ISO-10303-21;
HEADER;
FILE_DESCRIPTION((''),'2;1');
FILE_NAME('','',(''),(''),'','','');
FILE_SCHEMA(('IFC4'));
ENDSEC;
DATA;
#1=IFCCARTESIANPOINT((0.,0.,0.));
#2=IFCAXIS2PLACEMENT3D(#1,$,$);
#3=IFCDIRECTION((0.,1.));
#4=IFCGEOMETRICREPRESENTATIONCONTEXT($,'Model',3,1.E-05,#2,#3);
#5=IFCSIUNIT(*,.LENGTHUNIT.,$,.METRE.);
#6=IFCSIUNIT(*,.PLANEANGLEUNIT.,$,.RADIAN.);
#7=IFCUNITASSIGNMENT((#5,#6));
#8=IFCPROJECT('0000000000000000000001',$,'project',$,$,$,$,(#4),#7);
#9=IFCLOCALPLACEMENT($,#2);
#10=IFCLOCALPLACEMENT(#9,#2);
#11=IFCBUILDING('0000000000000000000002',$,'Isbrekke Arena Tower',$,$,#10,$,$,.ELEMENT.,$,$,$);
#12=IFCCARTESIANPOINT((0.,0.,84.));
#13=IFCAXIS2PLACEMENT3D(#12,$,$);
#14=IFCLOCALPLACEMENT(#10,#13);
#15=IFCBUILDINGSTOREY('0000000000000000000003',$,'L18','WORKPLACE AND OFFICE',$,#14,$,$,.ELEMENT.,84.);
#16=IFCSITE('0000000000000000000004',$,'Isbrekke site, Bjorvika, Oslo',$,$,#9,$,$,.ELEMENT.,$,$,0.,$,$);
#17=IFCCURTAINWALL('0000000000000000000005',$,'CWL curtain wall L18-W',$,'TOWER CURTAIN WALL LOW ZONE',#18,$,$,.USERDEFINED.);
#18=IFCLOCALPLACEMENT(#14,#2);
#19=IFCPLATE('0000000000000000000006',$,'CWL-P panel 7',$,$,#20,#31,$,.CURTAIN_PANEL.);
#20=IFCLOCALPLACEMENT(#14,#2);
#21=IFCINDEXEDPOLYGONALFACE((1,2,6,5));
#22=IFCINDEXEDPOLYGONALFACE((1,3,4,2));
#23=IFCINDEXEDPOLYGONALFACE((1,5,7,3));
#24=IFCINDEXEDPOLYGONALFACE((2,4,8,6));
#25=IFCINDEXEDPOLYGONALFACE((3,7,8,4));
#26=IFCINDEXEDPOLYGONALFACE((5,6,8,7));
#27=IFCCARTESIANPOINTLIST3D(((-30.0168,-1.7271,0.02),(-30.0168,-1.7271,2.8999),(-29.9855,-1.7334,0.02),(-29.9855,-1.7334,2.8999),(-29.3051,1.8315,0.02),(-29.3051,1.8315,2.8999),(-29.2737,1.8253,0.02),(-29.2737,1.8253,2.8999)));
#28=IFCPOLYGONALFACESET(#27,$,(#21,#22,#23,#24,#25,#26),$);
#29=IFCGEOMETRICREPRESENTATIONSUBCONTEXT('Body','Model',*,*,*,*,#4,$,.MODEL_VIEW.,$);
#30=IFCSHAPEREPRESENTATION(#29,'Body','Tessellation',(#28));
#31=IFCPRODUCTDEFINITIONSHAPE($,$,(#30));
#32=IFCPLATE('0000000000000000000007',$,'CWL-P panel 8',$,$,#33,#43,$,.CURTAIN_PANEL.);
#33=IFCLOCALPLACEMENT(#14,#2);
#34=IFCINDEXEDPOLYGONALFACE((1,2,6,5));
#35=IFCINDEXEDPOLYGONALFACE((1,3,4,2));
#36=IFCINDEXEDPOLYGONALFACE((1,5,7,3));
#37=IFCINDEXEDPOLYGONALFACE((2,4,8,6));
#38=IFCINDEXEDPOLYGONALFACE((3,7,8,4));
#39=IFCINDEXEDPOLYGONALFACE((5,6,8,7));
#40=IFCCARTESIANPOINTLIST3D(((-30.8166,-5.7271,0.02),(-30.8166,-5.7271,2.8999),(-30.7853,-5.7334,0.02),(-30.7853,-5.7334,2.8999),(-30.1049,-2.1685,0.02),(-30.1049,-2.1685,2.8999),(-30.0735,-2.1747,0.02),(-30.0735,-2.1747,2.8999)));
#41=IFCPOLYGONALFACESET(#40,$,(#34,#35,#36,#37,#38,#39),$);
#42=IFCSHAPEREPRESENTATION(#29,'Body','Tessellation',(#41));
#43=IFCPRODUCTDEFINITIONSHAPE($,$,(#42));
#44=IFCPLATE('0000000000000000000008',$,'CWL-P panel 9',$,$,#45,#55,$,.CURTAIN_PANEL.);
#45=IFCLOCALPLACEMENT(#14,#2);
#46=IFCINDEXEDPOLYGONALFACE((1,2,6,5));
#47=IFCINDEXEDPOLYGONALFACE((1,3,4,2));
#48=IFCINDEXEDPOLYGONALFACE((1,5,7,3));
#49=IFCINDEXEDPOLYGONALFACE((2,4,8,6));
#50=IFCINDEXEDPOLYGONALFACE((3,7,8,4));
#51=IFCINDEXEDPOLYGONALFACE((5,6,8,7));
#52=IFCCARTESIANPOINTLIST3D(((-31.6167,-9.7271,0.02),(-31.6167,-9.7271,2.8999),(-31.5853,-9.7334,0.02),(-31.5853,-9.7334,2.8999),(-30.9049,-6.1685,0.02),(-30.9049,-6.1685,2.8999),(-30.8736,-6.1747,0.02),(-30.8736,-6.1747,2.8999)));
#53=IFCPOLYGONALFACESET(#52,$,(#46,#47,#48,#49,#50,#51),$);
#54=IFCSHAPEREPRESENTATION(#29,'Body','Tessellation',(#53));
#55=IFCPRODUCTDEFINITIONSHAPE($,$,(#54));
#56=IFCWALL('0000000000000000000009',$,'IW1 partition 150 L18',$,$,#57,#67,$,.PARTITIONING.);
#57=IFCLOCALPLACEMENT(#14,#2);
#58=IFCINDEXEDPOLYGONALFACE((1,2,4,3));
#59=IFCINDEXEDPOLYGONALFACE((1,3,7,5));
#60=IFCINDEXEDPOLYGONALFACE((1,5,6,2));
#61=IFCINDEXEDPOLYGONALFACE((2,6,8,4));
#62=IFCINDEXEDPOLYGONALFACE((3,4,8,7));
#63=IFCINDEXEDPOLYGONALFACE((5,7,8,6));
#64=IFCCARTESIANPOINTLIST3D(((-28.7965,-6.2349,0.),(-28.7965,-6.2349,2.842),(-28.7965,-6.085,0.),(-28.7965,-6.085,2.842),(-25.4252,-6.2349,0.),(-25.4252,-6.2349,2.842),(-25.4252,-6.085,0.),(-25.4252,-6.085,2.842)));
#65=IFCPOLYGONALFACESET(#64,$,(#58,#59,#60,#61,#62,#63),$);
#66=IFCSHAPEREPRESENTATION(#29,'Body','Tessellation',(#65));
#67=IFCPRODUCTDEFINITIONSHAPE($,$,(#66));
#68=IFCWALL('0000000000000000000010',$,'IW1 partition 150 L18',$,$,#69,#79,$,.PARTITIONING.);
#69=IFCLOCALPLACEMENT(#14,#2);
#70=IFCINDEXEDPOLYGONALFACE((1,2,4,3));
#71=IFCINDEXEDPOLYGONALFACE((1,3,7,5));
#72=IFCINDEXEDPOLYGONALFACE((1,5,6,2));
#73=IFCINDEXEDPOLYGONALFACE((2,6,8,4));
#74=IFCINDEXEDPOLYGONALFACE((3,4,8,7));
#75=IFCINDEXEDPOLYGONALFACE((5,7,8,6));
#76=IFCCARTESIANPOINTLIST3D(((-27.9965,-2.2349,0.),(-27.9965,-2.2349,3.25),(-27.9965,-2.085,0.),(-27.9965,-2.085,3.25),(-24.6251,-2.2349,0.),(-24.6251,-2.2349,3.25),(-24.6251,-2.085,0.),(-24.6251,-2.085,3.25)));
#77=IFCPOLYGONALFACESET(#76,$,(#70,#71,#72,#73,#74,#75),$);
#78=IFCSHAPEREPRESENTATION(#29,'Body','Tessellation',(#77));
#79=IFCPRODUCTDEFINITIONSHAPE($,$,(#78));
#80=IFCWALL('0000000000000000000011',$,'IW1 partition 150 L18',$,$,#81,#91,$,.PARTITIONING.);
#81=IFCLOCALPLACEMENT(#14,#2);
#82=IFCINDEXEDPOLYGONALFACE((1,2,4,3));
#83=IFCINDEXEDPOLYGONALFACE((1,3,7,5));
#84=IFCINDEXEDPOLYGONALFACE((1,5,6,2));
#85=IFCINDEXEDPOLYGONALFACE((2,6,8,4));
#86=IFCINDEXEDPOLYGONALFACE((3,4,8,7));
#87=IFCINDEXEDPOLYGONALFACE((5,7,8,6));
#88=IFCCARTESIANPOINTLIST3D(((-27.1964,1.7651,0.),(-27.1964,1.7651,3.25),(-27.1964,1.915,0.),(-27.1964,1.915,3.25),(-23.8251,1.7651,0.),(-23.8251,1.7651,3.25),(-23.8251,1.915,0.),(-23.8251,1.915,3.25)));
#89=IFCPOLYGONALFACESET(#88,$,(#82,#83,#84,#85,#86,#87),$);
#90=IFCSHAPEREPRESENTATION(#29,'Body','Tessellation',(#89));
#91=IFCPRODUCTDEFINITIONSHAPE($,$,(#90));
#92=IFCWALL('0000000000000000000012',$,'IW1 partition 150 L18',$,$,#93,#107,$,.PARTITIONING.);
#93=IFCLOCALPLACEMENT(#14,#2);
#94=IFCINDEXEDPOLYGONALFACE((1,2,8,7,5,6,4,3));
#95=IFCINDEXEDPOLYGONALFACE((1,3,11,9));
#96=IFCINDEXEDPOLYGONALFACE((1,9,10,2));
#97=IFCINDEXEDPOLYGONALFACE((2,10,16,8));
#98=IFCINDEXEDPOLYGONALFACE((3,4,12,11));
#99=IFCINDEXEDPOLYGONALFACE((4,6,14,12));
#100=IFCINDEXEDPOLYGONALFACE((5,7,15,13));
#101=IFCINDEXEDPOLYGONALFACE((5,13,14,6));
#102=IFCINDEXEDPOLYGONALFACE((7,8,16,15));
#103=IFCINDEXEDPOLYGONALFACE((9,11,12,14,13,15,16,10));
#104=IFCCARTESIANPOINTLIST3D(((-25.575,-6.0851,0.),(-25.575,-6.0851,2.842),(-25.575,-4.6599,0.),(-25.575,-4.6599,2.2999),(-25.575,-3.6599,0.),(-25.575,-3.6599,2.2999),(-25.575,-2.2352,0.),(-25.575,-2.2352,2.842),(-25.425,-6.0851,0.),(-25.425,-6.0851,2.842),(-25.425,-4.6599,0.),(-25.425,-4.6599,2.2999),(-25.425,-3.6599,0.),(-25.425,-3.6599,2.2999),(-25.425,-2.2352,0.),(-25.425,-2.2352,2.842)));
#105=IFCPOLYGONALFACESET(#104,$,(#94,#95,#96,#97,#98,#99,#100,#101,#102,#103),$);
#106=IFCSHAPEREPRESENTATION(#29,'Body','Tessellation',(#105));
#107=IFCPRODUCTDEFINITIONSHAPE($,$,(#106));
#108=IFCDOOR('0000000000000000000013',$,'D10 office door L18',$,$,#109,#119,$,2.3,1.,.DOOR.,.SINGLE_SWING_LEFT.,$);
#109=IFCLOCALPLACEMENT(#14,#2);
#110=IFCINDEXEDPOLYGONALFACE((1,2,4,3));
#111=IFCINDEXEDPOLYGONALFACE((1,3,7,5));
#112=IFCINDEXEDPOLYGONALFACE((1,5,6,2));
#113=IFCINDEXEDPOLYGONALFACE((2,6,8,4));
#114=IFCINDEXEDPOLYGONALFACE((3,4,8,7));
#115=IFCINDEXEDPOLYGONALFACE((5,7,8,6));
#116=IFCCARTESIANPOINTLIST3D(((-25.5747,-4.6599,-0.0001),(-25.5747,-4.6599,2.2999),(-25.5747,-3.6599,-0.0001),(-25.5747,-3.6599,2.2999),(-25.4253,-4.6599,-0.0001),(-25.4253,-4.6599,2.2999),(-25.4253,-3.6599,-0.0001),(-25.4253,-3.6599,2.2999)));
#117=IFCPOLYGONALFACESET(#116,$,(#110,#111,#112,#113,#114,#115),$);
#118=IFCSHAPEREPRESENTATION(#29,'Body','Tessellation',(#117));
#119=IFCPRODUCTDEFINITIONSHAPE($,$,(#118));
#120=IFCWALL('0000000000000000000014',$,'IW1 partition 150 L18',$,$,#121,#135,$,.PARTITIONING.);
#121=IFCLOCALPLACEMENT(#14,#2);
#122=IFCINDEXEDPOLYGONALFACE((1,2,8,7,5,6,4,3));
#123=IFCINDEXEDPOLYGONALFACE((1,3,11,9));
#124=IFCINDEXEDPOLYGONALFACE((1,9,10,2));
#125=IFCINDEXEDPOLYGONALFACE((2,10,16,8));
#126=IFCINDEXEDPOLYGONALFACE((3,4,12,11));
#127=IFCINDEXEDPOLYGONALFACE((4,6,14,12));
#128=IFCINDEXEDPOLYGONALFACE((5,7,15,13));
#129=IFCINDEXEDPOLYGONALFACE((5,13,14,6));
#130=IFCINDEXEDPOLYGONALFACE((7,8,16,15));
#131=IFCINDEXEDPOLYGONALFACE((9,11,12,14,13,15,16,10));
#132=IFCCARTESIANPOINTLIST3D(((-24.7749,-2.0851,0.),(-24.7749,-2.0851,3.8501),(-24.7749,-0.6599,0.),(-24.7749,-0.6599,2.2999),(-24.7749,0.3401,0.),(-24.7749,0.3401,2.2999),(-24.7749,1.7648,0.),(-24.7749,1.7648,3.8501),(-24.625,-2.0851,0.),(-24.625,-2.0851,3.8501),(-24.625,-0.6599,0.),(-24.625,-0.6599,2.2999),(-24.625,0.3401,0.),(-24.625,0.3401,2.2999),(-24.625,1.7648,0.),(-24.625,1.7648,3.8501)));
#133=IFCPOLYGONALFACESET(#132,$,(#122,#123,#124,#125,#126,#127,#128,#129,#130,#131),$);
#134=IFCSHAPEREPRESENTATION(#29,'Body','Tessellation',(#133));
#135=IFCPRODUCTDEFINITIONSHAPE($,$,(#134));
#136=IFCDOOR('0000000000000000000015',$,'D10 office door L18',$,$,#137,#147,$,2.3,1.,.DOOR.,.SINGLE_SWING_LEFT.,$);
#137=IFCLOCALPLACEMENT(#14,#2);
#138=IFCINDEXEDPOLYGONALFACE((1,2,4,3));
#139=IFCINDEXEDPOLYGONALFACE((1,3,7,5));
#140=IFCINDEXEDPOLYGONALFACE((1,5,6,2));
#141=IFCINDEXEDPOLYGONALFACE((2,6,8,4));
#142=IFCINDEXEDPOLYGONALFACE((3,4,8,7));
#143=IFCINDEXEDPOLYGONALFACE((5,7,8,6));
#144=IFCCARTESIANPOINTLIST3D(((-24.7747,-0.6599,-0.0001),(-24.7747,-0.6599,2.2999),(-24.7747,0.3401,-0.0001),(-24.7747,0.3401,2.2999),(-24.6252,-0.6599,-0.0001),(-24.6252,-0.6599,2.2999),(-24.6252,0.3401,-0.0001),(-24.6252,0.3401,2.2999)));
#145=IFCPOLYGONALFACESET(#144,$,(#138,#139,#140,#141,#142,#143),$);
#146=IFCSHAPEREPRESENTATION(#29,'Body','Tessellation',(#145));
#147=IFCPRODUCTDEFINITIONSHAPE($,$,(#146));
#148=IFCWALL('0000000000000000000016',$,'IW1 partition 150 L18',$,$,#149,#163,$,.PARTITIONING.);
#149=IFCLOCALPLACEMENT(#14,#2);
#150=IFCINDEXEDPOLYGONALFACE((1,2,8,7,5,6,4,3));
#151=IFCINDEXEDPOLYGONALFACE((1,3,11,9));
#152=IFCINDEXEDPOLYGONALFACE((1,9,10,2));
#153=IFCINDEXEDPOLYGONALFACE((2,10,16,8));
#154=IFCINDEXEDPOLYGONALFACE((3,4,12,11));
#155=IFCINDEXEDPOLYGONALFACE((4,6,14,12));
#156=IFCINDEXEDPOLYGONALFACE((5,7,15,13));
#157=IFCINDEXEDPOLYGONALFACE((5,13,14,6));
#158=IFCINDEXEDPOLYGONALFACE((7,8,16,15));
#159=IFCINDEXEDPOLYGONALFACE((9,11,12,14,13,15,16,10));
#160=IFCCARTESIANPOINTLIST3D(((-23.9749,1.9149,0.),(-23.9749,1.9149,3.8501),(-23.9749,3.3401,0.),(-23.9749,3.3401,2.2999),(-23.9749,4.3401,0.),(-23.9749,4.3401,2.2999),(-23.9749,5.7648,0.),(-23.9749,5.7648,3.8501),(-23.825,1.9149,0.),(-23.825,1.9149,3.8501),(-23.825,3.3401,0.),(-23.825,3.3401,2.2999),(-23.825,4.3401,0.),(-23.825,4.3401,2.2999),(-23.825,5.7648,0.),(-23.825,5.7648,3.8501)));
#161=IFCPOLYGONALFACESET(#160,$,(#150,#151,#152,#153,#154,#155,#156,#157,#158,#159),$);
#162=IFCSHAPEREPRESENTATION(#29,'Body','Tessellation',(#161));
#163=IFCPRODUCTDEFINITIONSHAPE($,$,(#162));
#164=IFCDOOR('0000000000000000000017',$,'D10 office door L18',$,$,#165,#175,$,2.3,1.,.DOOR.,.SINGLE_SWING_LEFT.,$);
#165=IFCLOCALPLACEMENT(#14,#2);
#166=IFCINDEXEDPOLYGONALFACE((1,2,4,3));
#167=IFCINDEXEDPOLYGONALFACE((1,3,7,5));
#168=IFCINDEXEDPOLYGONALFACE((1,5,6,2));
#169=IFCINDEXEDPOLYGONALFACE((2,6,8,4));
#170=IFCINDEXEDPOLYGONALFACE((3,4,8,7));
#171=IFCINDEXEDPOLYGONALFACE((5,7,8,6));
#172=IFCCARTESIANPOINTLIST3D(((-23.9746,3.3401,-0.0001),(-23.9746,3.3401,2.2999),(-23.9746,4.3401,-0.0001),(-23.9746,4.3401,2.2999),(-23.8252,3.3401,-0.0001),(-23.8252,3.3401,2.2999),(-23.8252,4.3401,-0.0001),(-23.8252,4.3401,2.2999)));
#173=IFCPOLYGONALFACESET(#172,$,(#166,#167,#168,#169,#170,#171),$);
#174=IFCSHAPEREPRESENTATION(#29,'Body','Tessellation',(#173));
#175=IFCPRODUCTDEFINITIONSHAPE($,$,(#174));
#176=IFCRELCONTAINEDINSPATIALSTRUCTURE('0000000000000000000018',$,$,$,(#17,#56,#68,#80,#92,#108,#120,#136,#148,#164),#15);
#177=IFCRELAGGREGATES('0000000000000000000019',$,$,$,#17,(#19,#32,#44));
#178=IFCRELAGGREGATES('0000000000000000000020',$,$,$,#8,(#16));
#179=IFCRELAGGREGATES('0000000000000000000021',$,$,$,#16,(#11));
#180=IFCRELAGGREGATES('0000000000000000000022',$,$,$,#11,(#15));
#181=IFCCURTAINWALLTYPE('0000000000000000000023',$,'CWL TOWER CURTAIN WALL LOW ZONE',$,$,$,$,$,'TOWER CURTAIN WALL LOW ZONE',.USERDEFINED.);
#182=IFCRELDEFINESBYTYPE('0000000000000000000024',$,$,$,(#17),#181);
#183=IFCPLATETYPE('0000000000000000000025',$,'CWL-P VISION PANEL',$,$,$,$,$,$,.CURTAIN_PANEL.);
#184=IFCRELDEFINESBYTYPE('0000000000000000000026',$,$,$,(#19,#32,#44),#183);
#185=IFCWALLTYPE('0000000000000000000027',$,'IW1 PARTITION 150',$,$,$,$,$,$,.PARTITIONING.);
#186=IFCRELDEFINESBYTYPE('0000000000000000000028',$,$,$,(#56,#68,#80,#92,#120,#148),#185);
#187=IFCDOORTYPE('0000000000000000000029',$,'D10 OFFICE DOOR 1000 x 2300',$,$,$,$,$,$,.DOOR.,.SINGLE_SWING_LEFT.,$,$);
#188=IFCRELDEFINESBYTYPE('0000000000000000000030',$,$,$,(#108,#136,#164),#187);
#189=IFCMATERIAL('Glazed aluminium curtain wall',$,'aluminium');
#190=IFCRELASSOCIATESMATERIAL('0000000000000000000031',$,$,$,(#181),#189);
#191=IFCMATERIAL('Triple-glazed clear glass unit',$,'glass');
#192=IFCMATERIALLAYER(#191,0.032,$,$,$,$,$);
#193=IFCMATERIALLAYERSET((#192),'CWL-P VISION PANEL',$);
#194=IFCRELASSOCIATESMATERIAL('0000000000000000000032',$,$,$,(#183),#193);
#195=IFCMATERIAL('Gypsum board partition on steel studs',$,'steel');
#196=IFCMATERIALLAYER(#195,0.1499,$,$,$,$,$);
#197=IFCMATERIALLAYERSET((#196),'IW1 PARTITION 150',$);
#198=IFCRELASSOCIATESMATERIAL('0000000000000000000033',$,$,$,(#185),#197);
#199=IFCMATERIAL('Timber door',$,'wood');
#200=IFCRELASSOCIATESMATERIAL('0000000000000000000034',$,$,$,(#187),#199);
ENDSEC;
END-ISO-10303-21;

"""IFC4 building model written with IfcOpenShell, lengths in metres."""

from ifc_helpers import new_model, si_unit, direction, frame, frame_2d, origin, origin_2d, place, context, subcontext, project, spatial, rectangle, extrude, material, layer, layer_set, type_object, element, fill, aggregate, save


model = new_model("IFC4")

# Units and contexts
model_context = context("Model", 3, precision=1e-05, world=origin(), true_north=direction((0.0, 1.0)))
body_context = subcontext(model_context, "Body", "Model", "MODEL_VIEW")
ifc_project = project(units=[si_unit("LENGTHUNIT", "METRE"), si_unit("PLANEANGLEUNIT", "RADIAN")], contexts=[model_context])

# Site, building, storey
site_placement = place(None, origin())
site = spatial("IfcSite", under=ifc_project, at=site_placement, Name="Isbrekke site, Bjorvika, Oslo", CompositionType="ELEMENT", RefElevation=0.0)
building_placement = place(site_placement, origin())
building = spatial("IfcBuilding", under=site, at=building_placement, Name="Isbrekke Arena Tower", CompositionType="ELEMENT")
storey_placement = place(building_placement, frame((0.0, 0.0, 84.0)))
storey = spatial("IfcBuildingStorey", under=building, at=storey_placement, Name="L18", Description="WORKPLACE AND OFFICE", CompositionType="ELEMENT", Elevation=84.0)

# Curtain wall
ifc_material_1 = material(Name="Glazed aluminium curtain wall", Category="aluminium")
curtain_wall_type = type_object("IfcCurtainWallType", Name="CWL TOWER CURTAIN WALL LOW ZONE", ElementType="TOWER CURTAIN WALL LOW ZONE", PredefinedType="USERDEFINED", material=ifc_material_1)
curtain_wall_placement = place(storey_placement, origin())
curtain_wall = element("IfcCurtainWall", 1, at=curtain_wall_placement, inside=storey, type_object=curtain_wall_type, Name="CWL curtain wall L18-W", ObjectType="TOWER CURTAIN WALL LOW ZONE", PredefinedType="USERDEFINED")

# Plates
ifc_material_2 = material(Name="Triple-glazed clear glass unit", Category="glass")
ifc_layer_1 = layer(ifc_material_2, 0.032)
ifc_layer_set_1 = layer_set([ifc_layer_1], Name="CWL-P VISION PANEL")
plate_type = type_object("IfcPlateType", Name="CWL-P VISION PANEL", PredefinedType="CURTAIN_PANEL", material=ifc_layer_set_1)
plate_1_placement = place(storey_placement, frame((-29.6453, 0.0491, 0.02), z_axis=(0.0, 0.0, 1.0), x_axis=(-0.196116, -0.980581, 0.0)))
plate_1 = element("IfcPlate", 2, at=plate_1_placement, type_object=plate_type, Name="CWL-P panel 7", PredefinedType="CURTAIN_PANEL", context=body_context, shape_type="SweptSolid", body=[
    extrude(rectangle(XDim=3.6292, YDim=0.032, at=origin_2d()), origin(), (0.0, 0.0, 1.0), 2.8799),
])
plate_2_placement = place(storey_placement, frame((-30.4451, -3.9509, 0.02), z_axis=(0.0, 0.0, 1.0), x_axis=(-0.196116, -0.980581, 0.0)))
plate_2 = element("IfcPlate", 3, at=plate_2_placement, type_object=plate_type, Name="CWL-P panel 8", PredefinedType="CURTAIN_PANEL", context=body_context, shape_type="SweptSolid", body=[
    extrude(rectangle(XDim=3.6292, YDim=0.032, at=origin_2d()), origin(), (0.0, 0.0, 1.0), 2.8799),
])
plate_3_placement = place(storey_placement, frame((-31.2451, -7.9509, 0.02), z_axis=(0.0, 0.0, 1.0), x_axis=(-0.196116, -0.980581, 0.0)))
plate_3 = element("IfcPlate", 4, at=plate_3_placement, type_object=plate_type, Name="CWL-P panel 9", PredefinedType="CURTAIN_PANEL", context=body_context, shape_type="SweptSolid", body=[
    extrude(rectangle(XDim=3.6292, YDim=0.032, at=origin_2d()), origin(), (0.0, 0.0, 1.0), 2.8799),
])
aggregate(curtain_wall, [plate_1, plate_2, plate_3])

# Walls
ifc_material_3 = material(Name="Gypsum board partition on steel studs", Category="steel")
ifc_layer_2 = layer(ifc_material_3, 0.1499)
ifc_layer_set_2 = layer_set([ifc_layer_2], Name="IW1 PARTITION 150")
wall_type = type_object("IfcWallType", Name="IW1 PARTITION 150", PredefinedType="PARTITIONING", material=ifc_layer_set_2)
wall_1_placement = place(storey_placement, frame((-28.7964, -6.1599, 0.0), z_axis=(0.0, 0.0, 1.0), x_axis=(1.0, 0.0, 0.0)))
element("IfcWall", 5, at=wall_1_placement, inside=storey, type_object=wall_type, Name="IW1 partition 150 L18", PredefinedType="PARTITIONING", context=body_context, shape_type="SweptSolid", body=[
    extrude(rectangle(XDim=3.3713, YDim=0.1499, at=frame_2d((1.6855, 0.0))), origin(), (0.0, 0.0, 1.0), 2.842),
])
for number, where, z_axis, x_axis, name in (
    (6, (-27.9963, -2.1599, 0.0), (0.0, 0.0, 1.0), (1.0, 0.0, 0.0), "IW1 partition 150 L18"),
    (7, (-27.1963, 1.8401, 0.0), (0.0, 0.0, 1.0), (1.0, 0.0, 0.0), "IW1 partition 150 L18"),
):
    element("IfcWall", number, at=place(storey_placement, frame(where, z_axis=z_axis, x_axis=x_axis)), inside=storey, type_object=wall_type, Name=name, PredefinedType="PARTITIONING", context=body_context, shape_type="SweptSolid", body=[
        extrude(rectangle(XDim=3.3713, YDim=0.1499, at=frame_2d((1.6855, 0.0))), origin(), (0.0, 0.0, 1.0), 3.25),
    ])

# Walls, openings, doors
wall_2_placement = place(storey_placement, frame((-25.5, -6.085, 0.0), z_axis=(0.0, 0.0, 1.0), x_axis=(0.0, 1.0, 0.0)))
wall_2 = element("IfcWall", 8, at=wall_2_placement, inside=storey, type_object=wall_type, Name="IW1 partition 150 L18", PredefinedType="PARTITIONING", context=body_context, shape_type="SweptSolid", body=[
    extrude(rectangle(XDim=3.8499, YDim=0.1499, at=frame_2d((1.9248, 0.0))), origin(), (0.0, 0.0, 1.0), 2.842),
])
opening_1_placement = place(wall_2_placement, frame((1.425, 0.0, 0.0)))
opening_1 = element("IfcOpeningElement", 9, at=opening_1_placement, cuts=wall_2, PredefinedType="OPENING", context=body_context, shape_type="SweptSolid", body=[
    extrude(rectangle(XDim=1.0, YDim=2.3, at=frame_2d((0.5, 1.1499))), frame((0.0, 0.0898, 0.0), z_axis=(0.0, -1.0, 0.0), x_axis=(1.0, 0.0, 0.0)), (0.0, 0.0, 1.0), 0.1797),
])
ifc_material_4 = material(Name="Timber door", Category="wood")
door_type = type_object("IfcDoorType", Name="D10 OFFICE DOOR 1000 x 2300", OperationType="SINGLE_SWING_LEFT", PredefinedType="DOOR", material=ifc_material_4)
door_1_placement = place(opening_1_placement, origin())
door_1 = element("IfcDoor", 10, at=door_1_placement, inside=storey, type_object=door_type, Name="D10 office door L18", OperationType="SINGLE_SWING_LEFT", OverallHeight=2.3, OverallWidth=1.0, PredefinedType="DOOR", context=body_context, shape_type="SweptSolid", body=[
    extrude(rectangle(XDim=1.0, YDim=2.3, at=frame_2d((0.5, 1.1499))), frame((0.0, 0.0747, 0.0), z_axis=(0.0, -1.0, 0.0), x_axis=(1.0, 0.0, 0.0)), (0.0, 0.0, 1.0), 0.1494),
])
fill(opening_1, door_1)
wall_3_placement = place(storey_placement, frame((-24.7, -2.085, 0.0), z_axis=(0.0, 0.0, 1.0), x_axis=(0.0, 1.0, 0.0)))
wall_3 = element("IfcWall", 11, at=wall_3_placement, inside=storey, type_object=wall_type, Name="IW1 partition 150 L18", PredefinedType="PARTITIONING", context=body_context, shape_type="SweptSolid", body=[
    extrude(rectangle(XDim=3.8499, YDim=0.1499, at=frame_2d((1.9248, 0.0))), origin(), (0.0, 0.0, 1.0), 3.8501),
])
opening_2_placement = place(wall_3_placement, frame((1.425, 0.0, 0.0)))
opening_2 = element("IfcOpeningElement", 12, at=opening_2_placement, cuts=wall_3, PredefinedType="OPENING", context=body_context, shape_type="SweptSolid", body=[
    extrude(rectangle(XDim=1.0, YDim=2.3, at=frame_2d((0.5, 1.1499))), frame((0.0, 0.0898, 0.0), z_axis=(0.0, -1.0, 0.0), x_axis=(1.0, 0.0, 0.0)), (0.0, 0.0, 1.0), 0.1797),
])
door_2_placement = place(opening_2_placement, origin())
door_2 = element("IfcDoor", 13, at=door_2_placement, inside=storey, type_object=door_type, Name="D10 office door L18", OperationType="SINGLE_SWING_LEFT", OverallHeight=2.3, OverallWidth=1.0, PredefinedType="DOOR", context=body_context, shape_type="SweptSolid", body=[
    extrude(rectangle(XDim=1.0, YDim=2.3, at=frame_2d((0.5, 1.1499))), frame((0.0, 0.0747, 0.0), z_axis=(0.0, -1.0, 0.0), x_axis=(1.0, 0.0, 0.0)), (0.0, 0.0, 1.0), 0.1494),
])
fill(opening_2, door_2)
wall_4_placement = place(storey_placement, frame((-23.8999, 1.915, 0.0), z_axis=(0.0, 0.0, 1.0), x_axis=(0.0, 1.0, 0.0)))
wall_4 = element("IfcWall", 14, at=wall_4_placement, inside=storey, type_object=wall_type, Name="IW1 partition 150 L18", PredefinedType="PARTITIONING", context=body_context, shape_type="SweptSolid", body=[
    extrude(rectangle(XDim=3.8499, YDim=0.1499, at=frame_2d((1.9248, 0.0))), origin(), (0.0, 0.0, 1.0), 3.8501),
])
opening_3_placement = place(wall_4_placement, frame((1.425, 0.0, 0.0)))
opening_3 = element("IfcOpeningElement", 15, at=opening_3_placement, cuts=wall_4, PredefinedType="OPENING", context=body_context, shape_type="SweptSolid", body=[
    extrude(rectangle(XDim=1.0, YDim=2.3, at=frame_2d((0.5, 1.1499))), frame((0.0, 0.0898, 0.0), z_axis=(0.0, -1.0, 0.0), x_axis=(1.0, 0.0, 0.0)), (0.0, 0.0, 1.0), 0.1797),
])
door_3_placement = place(opening_3_placement, origin())
door_3 = element("IfcDoor", 16, at=door_3_placement, inside=storey, type_object=door_type, Name="D10 office door L18", OperationType="SINGLE_SWING_LEFT", OverallHeight=2.3, OverallWidth=1.0, PredefinedType="DOOR", context=body_context, shape_type="SweptSolid", body=[
    extrude(rectangle(XDim=1.0, YDim=2.3, at=frame_2d((0.5, 1.1499))), frame((0.0, 0.0747, 0.0), z_axis=(0.0, -1.0, 0.0), x_axis=(1.0, 0.0, 0.0)), (0.0, 0.0, 1.0), 0.1494),
])
fill(opening_3, door_3)

save(model, "model.ifc")
